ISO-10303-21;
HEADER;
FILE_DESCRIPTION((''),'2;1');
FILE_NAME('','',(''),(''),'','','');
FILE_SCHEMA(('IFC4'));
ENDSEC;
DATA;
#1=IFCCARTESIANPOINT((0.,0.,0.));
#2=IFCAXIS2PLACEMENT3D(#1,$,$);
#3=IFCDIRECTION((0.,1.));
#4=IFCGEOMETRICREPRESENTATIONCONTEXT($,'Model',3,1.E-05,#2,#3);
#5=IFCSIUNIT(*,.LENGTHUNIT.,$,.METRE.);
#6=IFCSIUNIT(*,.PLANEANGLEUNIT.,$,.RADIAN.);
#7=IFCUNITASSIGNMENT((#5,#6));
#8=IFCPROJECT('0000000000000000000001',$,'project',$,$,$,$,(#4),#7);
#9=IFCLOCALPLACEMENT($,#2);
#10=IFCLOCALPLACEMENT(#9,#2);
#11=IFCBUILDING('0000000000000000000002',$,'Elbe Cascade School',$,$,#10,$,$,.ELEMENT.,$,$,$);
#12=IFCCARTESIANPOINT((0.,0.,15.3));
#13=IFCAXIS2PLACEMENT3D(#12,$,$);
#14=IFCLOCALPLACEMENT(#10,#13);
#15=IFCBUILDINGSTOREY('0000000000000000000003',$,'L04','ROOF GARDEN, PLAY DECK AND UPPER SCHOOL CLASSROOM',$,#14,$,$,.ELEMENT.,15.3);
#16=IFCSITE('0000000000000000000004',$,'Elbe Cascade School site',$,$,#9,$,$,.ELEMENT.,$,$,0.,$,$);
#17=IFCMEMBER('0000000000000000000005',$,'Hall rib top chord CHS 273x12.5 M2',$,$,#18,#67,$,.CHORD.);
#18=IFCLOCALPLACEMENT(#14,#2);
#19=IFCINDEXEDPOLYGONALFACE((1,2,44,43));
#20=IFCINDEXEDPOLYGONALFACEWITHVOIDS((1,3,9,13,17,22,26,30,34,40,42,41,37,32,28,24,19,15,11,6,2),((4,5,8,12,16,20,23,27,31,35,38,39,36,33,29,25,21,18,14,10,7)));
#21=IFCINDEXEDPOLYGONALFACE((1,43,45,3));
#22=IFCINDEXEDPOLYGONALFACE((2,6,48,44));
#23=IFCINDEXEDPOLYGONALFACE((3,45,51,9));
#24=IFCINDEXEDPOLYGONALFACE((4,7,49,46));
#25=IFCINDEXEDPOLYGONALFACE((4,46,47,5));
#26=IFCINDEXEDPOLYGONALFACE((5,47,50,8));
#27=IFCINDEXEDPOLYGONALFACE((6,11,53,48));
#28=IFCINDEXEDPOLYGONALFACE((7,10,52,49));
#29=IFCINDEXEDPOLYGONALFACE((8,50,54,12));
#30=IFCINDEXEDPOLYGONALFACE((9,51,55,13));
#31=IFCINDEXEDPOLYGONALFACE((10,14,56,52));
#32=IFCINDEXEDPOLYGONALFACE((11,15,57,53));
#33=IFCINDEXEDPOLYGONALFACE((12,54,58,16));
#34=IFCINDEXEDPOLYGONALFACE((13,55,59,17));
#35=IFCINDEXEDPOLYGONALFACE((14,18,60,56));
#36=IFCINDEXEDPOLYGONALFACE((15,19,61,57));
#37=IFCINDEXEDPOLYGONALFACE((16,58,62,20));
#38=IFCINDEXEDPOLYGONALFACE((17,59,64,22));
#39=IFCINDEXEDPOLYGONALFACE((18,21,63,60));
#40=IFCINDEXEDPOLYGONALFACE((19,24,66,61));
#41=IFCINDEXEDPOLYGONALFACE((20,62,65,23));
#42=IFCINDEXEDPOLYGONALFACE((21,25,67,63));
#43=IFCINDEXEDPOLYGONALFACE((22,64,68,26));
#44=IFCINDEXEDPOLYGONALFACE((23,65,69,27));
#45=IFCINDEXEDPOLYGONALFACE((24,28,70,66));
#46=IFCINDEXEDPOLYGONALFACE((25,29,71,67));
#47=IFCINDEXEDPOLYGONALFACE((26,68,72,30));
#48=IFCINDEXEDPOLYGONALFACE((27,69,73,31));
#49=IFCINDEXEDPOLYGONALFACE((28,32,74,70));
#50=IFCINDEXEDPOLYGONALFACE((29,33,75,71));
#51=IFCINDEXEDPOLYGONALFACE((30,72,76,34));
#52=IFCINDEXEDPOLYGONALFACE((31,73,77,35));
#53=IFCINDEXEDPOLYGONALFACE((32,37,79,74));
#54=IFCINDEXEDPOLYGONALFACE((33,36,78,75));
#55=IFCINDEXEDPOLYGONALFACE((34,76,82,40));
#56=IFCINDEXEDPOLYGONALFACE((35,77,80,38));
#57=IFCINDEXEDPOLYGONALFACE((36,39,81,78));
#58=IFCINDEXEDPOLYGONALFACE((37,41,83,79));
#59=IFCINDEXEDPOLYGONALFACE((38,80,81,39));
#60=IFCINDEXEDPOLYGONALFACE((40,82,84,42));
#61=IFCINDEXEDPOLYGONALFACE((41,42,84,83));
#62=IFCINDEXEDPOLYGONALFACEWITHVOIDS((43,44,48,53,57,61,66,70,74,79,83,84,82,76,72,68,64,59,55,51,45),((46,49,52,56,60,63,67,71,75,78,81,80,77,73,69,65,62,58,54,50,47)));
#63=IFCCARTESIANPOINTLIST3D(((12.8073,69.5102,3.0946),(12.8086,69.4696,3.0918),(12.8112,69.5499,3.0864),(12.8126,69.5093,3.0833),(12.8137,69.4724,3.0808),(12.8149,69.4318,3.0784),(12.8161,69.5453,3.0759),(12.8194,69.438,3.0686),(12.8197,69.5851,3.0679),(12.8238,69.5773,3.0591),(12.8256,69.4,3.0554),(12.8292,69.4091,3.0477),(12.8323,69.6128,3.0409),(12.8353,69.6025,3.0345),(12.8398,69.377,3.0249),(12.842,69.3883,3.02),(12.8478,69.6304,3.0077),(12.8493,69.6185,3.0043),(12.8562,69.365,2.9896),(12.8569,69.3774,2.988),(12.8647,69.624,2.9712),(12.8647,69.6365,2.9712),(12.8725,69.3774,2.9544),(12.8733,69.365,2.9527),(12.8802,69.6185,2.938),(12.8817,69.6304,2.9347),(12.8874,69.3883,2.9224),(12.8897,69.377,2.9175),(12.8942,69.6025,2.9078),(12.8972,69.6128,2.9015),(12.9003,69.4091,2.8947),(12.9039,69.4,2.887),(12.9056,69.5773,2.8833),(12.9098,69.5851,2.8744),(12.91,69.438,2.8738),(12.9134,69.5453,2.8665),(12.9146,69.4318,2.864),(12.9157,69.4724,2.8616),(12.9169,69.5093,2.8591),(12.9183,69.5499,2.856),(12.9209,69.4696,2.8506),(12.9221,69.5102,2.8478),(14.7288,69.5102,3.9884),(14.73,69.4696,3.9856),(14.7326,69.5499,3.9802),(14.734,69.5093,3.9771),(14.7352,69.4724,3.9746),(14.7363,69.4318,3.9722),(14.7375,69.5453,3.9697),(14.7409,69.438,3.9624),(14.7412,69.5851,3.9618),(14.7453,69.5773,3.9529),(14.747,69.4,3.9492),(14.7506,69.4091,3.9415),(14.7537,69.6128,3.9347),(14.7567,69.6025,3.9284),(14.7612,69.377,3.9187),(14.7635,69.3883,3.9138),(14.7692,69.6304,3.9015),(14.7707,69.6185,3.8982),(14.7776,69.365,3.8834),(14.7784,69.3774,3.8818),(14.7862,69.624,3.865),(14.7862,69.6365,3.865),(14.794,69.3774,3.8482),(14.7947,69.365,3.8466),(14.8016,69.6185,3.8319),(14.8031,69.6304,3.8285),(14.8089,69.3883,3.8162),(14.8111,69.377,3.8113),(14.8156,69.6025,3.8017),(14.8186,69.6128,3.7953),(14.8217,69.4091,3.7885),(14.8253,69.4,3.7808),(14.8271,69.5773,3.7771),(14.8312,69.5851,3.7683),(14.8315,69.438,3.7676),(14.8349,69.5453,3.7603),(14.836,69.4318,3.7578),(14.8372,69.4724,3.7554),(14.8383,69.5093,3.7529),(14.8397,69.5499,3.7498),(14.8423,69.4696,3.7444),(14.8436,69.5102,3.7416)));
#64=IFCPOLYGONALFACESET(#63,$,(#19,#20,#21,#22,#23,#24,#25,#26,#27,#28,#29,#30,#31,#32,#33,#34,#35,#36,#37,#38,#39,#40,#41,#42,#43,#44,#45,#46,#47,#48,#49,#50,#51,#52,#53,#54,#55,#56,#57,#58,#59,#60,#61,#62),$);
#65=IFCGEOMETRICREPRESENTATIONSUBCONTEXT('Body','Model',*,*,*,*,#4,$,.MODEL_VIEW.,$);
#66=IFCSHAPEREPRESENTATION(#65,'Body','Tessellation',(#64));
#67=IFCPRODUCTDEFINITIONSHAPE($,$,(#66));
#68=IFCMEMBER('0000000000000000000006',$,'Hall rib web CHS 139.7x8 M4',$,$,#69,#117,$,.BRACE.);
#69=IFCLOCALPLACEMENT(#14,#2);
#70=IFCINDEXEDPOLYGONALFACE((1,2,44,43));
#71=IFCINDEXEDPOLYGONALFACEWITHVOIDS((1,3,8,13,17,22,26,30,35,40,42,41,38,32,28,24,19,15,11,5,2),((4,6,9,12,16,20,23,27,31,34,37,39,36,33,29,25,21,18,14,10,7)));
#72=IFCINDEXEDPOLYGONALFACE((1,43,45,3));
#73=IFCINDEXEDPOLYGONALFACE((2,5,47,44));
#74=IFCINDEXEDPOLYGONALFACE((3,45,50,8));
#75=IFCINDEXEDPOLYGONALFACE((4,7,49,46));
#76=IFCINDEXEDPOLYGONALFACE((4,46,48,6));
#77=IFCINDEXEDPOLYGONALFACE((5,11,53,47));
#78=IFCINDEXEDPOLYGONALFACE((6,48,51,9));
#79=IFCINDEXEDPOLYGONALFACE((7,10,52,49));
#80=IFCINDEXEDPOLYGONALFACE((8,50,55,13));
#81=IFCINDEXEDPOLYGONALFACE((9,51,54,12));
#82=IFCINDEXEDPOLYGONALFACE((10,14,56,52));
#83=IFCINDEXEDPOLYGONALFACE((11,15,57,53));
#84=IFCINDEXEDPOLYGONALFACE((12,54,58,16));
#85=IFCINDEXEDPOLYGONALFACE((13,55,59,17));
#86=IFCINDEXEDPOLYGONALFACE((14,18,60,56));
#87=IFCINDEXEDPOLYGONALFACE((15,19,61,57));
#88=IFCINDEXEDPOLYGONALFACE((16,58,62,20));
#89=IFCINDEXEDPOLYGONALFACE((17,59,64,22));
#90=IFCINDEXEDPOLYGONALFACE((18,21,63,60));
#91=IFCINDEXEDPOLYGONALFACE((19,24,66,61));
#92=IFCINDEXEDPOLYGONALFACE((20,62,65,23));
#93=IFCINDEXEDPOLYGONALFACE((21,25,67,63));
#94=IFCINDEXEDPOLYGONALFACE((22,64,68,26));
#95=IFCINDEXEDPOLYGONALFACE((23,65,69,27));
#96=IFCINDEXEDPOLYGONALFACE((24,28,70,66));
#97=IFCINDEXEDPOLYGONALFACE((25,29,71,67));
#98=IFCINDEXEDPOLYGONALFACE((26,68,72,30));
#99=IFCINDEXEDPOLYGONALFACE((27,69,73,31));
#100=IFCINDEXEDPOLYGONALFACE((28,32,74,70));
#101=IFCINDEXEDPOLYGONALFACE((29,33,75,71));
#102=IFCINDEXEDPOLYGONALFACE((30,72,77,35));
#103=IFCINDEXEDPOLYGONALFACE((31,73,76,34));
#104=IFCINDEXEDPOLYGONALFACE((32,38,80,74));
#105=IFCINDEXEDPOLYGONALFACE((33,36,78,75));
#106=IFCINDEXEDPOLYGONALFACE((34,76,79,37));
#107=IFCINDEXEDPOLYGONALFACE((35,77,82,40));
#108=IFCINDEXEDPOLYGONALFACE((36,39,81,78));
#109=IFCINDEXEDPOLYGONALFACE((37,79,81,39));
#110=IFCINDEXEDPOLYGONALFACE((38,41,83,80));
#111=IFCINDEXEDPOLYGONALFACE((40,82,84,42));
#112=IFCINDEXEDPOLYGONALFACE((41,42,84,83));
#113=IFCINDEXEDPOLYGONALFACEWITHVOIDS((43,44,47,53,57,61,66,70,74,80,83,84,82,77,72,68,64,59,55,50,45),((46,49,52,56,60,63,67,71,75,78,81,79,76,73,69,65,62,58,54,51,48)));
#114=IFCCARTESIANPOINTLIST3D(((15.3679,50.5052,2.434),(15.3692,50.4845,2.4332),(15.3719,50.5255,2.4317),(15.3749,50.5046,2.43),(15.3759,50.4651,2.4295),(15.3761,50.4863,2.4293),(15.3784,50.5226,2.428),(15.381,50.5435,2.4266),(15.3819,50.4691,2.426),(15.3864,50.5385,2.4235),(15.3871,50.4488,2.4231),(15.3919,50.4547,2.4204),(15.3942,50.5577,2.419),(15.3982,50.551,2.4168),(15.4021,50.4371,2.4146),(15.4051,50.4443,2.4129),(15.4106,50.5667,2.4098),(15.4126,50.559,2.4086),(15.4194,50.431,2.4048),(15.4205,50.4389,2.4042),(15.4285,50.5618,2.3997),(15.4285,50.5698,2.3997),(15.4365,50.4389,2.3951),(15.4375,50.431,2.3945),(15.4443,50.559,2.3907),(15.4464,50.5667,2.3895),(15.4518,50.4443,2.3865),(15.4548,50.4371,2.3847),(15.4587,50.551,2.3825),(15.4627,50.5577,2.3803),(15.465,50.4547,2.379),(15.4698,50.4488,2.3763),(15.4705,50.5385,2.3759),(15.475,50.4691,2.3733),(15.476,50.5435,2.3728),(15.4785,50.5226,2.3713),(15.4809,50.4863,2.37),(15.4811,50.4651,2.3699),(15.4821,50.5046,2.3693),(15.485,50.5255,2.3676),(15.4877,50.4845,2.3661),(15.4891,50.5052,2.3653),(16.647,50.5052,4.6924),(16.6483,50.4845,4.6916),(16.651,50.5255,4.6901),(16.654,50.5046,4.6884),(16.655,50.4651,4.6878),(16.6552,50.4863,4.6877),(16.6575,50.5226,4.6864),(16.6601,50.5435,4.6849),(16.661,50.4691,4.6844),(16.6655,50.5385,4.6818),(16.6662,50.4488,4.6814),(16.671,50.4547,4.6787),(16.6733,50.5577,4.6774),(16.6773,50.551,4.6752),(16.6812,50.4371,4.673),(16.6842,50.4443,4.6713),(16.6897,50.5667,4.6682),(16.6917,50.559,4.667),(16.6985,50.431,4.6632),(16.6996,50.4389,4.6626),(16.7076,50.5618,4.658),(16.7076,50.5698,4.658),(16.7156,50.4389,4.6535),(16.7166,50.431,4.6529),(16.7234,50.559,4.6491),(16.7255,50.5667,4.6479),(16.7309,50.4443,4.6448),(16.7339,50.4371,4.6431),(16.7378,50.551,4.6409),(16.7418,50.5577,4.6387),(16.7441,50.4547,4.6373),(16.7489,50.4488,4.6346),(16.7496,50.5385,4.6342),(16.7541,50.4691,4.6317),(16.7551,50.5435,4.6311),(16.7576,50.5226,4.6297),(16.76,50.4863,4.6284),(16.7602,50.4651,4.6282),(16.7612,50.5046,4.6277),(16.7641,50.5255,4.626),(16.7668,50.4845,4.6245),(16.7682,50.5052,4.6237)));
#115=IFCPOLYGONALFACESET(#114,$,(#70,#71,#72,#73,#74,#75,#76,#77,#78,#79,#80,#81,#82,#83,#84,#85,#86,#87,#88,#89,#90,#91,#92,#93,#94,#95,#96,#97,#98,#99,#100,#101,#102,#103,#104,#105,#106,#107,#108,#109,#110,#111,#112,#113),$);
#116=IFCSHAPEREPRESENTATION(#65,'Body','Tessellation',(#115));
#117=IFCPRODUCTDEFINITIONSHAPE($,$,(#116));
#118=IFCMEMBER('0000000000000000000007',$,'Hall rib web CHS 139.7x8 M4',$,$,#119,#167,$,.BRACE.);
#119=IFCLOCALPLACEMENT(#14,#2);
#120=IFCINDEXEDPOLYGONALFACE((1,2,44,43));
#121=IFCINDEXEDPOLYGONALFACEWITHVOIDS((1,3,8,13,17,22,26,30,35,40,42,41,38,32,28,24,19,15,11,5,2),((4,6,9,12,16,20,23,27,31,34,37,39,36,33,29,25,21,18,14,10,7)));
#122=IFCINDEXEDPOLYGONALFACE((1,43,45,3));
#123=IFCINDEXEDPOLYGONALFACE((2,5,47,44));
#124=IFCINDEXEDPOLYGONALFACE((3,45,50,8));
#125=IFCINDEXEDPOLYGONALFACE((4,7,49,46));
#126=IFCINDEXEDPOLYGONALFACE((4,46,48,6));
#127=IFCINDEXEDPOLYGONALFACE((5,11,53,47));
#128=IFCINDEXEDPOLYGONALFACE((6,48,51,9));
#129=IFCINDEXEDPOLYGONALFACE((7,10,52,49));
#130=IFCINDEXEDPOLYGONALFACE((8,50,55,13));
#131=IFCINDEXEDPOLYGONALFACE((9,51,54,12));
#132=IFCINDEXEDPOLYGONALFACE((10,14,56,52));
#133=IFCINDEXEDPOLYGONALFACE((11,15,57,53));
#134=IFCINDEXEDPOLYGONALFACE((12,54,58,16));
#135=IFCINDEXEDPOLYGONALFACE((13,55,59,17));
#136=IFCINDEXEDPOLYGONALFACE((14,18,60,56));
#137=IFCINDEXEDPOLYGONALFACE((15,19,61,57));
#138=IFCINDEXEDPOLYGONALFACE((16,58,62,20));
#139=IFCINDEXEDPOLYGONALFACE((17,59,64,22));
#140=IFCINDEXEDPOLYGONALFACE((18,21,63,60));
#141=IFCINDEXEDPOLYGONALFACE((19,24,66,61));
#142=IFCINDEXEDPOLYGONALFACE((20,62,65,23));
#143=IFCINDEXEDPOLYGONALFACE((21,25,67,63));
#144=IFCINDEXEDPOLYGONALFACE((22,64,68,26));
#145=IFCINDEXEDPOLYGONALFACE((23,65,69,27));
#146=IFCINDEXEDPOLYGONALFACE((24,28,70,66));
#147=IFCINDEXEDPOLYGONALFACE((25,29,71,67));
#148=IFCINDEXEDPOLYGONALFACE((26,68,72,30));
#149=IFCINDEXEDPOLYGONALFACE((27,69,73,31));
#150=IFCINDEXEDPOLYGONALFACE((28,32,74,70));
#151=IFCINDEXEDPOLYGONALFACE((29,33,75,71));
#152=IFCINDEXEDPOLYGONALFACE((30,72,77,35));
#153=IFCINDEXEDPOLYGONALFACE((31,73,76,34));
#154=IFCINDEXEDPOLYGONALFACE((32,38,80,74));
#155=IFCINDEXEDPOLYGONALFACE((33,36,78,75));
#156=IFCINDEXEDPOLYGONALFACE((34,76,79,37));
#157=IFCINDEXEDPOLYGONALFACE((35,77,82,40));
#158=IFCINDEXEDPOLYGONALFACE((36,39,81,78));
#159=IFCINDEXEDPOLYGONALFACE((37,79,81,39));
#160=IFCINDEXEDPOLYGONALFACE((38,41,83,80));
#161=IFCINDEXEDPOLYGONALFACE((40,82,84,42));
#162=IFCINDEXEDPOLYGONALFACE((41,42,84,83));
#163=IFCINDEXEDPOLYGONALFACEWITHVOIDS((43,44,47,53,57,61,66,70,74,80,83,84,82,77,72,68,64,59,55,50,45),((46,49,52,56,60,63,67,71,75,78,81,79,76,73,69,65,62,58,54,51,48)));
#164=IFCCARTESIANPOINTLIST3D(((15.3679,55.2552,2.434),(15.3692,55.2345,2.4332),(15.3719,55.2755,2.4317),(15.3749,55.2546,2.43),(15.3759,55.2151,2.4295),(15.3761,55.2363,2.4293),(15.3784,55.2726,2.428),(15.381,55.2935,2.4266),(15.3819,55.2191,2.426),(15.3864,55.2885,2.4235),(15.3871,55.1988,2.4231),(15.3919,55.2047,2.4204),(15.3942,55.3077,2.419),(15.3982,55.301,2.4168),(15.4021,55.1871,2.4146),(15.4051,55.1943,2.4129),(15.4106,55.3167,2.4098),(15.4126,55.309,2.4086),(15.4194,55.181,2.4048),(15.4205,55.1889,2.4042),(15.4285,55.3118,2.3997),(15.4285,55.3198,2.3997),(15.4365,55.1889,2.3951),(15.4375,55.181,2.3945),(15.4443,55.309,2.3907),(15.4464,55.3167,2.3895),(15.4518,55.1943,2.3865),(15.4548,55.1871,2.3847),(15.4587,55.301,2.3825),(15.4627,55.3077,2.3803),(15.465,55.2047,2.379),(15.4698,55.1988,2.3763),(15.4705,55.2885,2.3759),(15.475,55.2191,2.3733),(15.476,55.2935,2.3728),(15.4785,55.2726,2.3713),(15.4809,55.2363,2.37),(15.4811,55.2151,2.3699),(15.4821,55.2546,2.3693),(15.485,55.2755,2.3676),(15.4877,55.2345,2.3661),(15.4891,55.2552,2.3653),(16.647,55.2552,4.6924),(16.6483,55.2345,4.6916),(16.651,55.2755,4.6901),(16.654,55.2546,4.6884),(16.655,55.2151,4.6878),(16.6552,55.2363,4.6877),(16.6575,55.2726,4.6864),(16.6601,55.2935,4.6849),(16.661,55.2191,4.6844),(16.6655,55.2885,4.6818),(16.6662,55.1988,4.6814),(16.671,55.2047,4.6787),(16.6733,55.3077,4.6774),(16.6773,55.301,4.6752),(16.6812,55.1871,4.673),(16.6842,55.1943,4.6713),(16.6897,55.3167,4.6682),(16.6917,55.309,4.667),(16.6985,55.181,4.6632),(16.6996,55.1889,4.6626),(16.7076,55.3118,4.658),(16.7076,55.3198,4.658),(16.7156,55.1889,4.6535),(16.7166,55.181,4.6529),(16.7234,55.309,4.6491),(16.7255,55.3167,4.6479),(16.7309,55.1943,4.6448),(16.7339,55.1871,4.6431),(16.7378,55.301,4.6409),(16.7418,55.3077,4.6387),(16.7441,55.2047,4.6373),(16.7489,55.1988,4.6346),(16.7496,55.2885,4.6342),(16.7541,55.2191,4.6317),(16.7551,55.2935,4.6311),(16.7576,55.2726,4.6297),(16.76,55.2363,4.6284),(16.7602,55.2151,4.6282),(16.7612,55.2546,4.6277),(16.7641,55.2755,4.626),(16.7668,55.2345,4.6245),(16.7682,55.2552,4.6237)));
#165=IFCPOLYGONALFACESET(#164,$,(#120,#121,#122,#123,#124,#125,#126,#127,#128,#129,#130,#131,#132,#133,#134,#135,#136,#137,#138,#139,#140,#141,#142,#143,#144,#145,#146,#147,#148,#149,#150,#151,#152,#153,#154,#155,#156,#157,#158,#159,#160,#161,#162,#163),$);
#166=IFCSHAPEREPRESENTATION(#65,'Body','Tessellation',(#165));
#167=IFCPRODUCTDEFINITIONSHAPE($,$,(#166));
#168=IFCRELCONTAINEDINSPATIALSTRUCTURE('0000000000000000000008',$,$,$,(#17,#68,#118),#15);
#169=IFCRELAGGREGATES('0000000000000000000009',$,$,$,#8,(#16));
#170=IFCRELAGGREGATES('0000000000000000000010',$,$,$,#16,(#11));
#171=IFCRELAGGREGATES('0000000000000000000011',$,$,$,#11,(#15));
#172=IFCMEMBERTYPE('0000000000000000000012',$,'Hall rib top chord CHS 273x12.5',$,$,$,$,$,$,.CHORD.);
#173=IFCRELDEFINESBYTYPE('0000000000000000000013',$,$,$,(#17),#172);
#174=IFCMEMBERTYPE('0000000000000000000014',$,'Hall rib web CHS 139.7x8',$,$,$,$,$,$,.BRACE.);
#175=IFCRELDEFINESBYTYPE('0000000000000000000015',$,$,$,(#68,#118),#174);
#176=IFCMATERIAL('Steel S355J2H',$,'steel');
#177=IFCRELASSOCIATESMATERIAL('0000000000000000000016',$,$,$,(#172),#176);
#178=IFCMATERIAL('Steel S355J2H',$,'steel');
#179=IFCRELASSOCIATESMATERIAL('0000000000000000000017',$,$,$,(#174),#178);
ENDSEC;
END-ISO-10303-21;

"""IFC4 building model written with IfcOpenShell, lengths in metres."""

from ifc_helpers import new_model, si_unit, direction, frame, origin, origin_2d, place, context, subcontext, project, spatial, hollow_circle, extrude, material, material_profile, profile_set, type_object, element, save


model = new_model("IFC4")

# Units and contexts
model_context = context("Model", 3, precision=1e-05, world=origin(), true_north=direction((0.0, 1.0)))
body_context = subcontext(model_context, "Body", "Model", "MODEL_VIEW")
ifc_project = project(units=[si_unit("LENGTHUNIT", "METRE"), si_unit("PLANEANGLEUNIT", "RADIAN")], contexts=[model_context])

# Site, building, storey
site_placement = place(None, origin())
site = spatial("IfcSite", under=ifc_project, at=site_placement, Name="Elbe Cascade School site", CompositionType="ELEMENT", RefElevation=0.0)
building_placement = place(site_placement, origin())
building = spatial("IfcBuilding", under=site, at=building_placement, Name="Elbe Cascade School", CompositionType="ELEMENT")
storey_placement = place(building_placement, frame((0.0, 0.0, 15.3)))
storey = spatial("IfcBuildingStorey", under=building, at=storey_placement, Name="L04", Description="ROOF GARDEN, PLAY DECK AND UPPER SCHOOL CLASSROOM", CompositionType="ELEMENT", Elevation=15.3)

# Members
ifc_material_1 = material(Name="Steel S355J2H", Category="steel")
ifc_material_profile_1 = material_profile(ifc_material_1, hollow_circle(Radius=0.1365, WallThickness=0.0125, at=origin_2d()), Name="CHS 273x12.5")
ifc_profile_set_1 = profile_set([ifc_material_profile_1], Name="Steel S355J2H")
member_type_1 = type_object("IfcMemberType", Name="Hall rib top chord CHS 273x12.5", PredefinedType="CHORD", material=ifc_profile_set_1)
for number, where, z_axis, x_axis, name in (
    (1, (12.8647, 69.5, 2.9712), (0.906698, 0.0, 0.421781), (0.0, 1.0, 0.0), "Hall rib top chord CHS 273x12.5 M2"),
):
    element("IfcMember", number, at=place(storey_placement, frame(where, z_axis=z_axis, x_axis=x_axis)), inside=storey, type_object=member_type_1, Name=name, PredefinedType="CHORD", context=body_context, shape_type="SweptSolid", body=[
        extrude(hollow_circle(Radius=0.1365, WallThickness=0.0125, at=origin_2d()), origin(), (0.0, 0.0, 1.0), 2.1191),
    ])
ifc_material_2 = material(Name="Steel S355J2H", Category="steel")
ifc_material_profile_2 = material_profile(ifc_material_2, hollow_circle(Radius=0.0698, WallThickness=0.0081, at=origin_2d()), Name="CHS 139.7x8")
ifc_profile_set_2 = profile_set([ifc_material_profile_2], Name="Steel S355J2H")
member_type_2 = type_object("IfcMemberType", Name="Hall rib web CHS 139.7x8", PredefinedType="BRACE", material=ifc_profile_set_2)
for number, where, z_axis, x_axis, name in (
    (2, (15.4285, 50.5, 2.3997), (0.492823, 0.0, 0.87013), (0.0, 1.0, 0.0), "Hall rib web CHS 139.7x8 M4"),
    (3, (15.4285, 55.25, 2.3997), (0.492823, 0.0, 0.87013), (0.0, 1.0, 0.0), "Hall rib web CHS 139.7x8 M4"),
):
    element("IfcMember", number, at=place(storey_placement, frame(where, z_axis=z_axis, x_axis=x_axis)), inside=storey, type_object=member_type_2, Name=name, PredefinedType="BRACE", context=body_context, shape_type="SweptSolid", body=[
        extrude(hollow_circle(Radius=0.0698, WallThickness=0.0081, at=origin_2d()), origin(), (0.0, 0.0, 1.0), 2.5955),
    ])

save(model, "model.ifc")
